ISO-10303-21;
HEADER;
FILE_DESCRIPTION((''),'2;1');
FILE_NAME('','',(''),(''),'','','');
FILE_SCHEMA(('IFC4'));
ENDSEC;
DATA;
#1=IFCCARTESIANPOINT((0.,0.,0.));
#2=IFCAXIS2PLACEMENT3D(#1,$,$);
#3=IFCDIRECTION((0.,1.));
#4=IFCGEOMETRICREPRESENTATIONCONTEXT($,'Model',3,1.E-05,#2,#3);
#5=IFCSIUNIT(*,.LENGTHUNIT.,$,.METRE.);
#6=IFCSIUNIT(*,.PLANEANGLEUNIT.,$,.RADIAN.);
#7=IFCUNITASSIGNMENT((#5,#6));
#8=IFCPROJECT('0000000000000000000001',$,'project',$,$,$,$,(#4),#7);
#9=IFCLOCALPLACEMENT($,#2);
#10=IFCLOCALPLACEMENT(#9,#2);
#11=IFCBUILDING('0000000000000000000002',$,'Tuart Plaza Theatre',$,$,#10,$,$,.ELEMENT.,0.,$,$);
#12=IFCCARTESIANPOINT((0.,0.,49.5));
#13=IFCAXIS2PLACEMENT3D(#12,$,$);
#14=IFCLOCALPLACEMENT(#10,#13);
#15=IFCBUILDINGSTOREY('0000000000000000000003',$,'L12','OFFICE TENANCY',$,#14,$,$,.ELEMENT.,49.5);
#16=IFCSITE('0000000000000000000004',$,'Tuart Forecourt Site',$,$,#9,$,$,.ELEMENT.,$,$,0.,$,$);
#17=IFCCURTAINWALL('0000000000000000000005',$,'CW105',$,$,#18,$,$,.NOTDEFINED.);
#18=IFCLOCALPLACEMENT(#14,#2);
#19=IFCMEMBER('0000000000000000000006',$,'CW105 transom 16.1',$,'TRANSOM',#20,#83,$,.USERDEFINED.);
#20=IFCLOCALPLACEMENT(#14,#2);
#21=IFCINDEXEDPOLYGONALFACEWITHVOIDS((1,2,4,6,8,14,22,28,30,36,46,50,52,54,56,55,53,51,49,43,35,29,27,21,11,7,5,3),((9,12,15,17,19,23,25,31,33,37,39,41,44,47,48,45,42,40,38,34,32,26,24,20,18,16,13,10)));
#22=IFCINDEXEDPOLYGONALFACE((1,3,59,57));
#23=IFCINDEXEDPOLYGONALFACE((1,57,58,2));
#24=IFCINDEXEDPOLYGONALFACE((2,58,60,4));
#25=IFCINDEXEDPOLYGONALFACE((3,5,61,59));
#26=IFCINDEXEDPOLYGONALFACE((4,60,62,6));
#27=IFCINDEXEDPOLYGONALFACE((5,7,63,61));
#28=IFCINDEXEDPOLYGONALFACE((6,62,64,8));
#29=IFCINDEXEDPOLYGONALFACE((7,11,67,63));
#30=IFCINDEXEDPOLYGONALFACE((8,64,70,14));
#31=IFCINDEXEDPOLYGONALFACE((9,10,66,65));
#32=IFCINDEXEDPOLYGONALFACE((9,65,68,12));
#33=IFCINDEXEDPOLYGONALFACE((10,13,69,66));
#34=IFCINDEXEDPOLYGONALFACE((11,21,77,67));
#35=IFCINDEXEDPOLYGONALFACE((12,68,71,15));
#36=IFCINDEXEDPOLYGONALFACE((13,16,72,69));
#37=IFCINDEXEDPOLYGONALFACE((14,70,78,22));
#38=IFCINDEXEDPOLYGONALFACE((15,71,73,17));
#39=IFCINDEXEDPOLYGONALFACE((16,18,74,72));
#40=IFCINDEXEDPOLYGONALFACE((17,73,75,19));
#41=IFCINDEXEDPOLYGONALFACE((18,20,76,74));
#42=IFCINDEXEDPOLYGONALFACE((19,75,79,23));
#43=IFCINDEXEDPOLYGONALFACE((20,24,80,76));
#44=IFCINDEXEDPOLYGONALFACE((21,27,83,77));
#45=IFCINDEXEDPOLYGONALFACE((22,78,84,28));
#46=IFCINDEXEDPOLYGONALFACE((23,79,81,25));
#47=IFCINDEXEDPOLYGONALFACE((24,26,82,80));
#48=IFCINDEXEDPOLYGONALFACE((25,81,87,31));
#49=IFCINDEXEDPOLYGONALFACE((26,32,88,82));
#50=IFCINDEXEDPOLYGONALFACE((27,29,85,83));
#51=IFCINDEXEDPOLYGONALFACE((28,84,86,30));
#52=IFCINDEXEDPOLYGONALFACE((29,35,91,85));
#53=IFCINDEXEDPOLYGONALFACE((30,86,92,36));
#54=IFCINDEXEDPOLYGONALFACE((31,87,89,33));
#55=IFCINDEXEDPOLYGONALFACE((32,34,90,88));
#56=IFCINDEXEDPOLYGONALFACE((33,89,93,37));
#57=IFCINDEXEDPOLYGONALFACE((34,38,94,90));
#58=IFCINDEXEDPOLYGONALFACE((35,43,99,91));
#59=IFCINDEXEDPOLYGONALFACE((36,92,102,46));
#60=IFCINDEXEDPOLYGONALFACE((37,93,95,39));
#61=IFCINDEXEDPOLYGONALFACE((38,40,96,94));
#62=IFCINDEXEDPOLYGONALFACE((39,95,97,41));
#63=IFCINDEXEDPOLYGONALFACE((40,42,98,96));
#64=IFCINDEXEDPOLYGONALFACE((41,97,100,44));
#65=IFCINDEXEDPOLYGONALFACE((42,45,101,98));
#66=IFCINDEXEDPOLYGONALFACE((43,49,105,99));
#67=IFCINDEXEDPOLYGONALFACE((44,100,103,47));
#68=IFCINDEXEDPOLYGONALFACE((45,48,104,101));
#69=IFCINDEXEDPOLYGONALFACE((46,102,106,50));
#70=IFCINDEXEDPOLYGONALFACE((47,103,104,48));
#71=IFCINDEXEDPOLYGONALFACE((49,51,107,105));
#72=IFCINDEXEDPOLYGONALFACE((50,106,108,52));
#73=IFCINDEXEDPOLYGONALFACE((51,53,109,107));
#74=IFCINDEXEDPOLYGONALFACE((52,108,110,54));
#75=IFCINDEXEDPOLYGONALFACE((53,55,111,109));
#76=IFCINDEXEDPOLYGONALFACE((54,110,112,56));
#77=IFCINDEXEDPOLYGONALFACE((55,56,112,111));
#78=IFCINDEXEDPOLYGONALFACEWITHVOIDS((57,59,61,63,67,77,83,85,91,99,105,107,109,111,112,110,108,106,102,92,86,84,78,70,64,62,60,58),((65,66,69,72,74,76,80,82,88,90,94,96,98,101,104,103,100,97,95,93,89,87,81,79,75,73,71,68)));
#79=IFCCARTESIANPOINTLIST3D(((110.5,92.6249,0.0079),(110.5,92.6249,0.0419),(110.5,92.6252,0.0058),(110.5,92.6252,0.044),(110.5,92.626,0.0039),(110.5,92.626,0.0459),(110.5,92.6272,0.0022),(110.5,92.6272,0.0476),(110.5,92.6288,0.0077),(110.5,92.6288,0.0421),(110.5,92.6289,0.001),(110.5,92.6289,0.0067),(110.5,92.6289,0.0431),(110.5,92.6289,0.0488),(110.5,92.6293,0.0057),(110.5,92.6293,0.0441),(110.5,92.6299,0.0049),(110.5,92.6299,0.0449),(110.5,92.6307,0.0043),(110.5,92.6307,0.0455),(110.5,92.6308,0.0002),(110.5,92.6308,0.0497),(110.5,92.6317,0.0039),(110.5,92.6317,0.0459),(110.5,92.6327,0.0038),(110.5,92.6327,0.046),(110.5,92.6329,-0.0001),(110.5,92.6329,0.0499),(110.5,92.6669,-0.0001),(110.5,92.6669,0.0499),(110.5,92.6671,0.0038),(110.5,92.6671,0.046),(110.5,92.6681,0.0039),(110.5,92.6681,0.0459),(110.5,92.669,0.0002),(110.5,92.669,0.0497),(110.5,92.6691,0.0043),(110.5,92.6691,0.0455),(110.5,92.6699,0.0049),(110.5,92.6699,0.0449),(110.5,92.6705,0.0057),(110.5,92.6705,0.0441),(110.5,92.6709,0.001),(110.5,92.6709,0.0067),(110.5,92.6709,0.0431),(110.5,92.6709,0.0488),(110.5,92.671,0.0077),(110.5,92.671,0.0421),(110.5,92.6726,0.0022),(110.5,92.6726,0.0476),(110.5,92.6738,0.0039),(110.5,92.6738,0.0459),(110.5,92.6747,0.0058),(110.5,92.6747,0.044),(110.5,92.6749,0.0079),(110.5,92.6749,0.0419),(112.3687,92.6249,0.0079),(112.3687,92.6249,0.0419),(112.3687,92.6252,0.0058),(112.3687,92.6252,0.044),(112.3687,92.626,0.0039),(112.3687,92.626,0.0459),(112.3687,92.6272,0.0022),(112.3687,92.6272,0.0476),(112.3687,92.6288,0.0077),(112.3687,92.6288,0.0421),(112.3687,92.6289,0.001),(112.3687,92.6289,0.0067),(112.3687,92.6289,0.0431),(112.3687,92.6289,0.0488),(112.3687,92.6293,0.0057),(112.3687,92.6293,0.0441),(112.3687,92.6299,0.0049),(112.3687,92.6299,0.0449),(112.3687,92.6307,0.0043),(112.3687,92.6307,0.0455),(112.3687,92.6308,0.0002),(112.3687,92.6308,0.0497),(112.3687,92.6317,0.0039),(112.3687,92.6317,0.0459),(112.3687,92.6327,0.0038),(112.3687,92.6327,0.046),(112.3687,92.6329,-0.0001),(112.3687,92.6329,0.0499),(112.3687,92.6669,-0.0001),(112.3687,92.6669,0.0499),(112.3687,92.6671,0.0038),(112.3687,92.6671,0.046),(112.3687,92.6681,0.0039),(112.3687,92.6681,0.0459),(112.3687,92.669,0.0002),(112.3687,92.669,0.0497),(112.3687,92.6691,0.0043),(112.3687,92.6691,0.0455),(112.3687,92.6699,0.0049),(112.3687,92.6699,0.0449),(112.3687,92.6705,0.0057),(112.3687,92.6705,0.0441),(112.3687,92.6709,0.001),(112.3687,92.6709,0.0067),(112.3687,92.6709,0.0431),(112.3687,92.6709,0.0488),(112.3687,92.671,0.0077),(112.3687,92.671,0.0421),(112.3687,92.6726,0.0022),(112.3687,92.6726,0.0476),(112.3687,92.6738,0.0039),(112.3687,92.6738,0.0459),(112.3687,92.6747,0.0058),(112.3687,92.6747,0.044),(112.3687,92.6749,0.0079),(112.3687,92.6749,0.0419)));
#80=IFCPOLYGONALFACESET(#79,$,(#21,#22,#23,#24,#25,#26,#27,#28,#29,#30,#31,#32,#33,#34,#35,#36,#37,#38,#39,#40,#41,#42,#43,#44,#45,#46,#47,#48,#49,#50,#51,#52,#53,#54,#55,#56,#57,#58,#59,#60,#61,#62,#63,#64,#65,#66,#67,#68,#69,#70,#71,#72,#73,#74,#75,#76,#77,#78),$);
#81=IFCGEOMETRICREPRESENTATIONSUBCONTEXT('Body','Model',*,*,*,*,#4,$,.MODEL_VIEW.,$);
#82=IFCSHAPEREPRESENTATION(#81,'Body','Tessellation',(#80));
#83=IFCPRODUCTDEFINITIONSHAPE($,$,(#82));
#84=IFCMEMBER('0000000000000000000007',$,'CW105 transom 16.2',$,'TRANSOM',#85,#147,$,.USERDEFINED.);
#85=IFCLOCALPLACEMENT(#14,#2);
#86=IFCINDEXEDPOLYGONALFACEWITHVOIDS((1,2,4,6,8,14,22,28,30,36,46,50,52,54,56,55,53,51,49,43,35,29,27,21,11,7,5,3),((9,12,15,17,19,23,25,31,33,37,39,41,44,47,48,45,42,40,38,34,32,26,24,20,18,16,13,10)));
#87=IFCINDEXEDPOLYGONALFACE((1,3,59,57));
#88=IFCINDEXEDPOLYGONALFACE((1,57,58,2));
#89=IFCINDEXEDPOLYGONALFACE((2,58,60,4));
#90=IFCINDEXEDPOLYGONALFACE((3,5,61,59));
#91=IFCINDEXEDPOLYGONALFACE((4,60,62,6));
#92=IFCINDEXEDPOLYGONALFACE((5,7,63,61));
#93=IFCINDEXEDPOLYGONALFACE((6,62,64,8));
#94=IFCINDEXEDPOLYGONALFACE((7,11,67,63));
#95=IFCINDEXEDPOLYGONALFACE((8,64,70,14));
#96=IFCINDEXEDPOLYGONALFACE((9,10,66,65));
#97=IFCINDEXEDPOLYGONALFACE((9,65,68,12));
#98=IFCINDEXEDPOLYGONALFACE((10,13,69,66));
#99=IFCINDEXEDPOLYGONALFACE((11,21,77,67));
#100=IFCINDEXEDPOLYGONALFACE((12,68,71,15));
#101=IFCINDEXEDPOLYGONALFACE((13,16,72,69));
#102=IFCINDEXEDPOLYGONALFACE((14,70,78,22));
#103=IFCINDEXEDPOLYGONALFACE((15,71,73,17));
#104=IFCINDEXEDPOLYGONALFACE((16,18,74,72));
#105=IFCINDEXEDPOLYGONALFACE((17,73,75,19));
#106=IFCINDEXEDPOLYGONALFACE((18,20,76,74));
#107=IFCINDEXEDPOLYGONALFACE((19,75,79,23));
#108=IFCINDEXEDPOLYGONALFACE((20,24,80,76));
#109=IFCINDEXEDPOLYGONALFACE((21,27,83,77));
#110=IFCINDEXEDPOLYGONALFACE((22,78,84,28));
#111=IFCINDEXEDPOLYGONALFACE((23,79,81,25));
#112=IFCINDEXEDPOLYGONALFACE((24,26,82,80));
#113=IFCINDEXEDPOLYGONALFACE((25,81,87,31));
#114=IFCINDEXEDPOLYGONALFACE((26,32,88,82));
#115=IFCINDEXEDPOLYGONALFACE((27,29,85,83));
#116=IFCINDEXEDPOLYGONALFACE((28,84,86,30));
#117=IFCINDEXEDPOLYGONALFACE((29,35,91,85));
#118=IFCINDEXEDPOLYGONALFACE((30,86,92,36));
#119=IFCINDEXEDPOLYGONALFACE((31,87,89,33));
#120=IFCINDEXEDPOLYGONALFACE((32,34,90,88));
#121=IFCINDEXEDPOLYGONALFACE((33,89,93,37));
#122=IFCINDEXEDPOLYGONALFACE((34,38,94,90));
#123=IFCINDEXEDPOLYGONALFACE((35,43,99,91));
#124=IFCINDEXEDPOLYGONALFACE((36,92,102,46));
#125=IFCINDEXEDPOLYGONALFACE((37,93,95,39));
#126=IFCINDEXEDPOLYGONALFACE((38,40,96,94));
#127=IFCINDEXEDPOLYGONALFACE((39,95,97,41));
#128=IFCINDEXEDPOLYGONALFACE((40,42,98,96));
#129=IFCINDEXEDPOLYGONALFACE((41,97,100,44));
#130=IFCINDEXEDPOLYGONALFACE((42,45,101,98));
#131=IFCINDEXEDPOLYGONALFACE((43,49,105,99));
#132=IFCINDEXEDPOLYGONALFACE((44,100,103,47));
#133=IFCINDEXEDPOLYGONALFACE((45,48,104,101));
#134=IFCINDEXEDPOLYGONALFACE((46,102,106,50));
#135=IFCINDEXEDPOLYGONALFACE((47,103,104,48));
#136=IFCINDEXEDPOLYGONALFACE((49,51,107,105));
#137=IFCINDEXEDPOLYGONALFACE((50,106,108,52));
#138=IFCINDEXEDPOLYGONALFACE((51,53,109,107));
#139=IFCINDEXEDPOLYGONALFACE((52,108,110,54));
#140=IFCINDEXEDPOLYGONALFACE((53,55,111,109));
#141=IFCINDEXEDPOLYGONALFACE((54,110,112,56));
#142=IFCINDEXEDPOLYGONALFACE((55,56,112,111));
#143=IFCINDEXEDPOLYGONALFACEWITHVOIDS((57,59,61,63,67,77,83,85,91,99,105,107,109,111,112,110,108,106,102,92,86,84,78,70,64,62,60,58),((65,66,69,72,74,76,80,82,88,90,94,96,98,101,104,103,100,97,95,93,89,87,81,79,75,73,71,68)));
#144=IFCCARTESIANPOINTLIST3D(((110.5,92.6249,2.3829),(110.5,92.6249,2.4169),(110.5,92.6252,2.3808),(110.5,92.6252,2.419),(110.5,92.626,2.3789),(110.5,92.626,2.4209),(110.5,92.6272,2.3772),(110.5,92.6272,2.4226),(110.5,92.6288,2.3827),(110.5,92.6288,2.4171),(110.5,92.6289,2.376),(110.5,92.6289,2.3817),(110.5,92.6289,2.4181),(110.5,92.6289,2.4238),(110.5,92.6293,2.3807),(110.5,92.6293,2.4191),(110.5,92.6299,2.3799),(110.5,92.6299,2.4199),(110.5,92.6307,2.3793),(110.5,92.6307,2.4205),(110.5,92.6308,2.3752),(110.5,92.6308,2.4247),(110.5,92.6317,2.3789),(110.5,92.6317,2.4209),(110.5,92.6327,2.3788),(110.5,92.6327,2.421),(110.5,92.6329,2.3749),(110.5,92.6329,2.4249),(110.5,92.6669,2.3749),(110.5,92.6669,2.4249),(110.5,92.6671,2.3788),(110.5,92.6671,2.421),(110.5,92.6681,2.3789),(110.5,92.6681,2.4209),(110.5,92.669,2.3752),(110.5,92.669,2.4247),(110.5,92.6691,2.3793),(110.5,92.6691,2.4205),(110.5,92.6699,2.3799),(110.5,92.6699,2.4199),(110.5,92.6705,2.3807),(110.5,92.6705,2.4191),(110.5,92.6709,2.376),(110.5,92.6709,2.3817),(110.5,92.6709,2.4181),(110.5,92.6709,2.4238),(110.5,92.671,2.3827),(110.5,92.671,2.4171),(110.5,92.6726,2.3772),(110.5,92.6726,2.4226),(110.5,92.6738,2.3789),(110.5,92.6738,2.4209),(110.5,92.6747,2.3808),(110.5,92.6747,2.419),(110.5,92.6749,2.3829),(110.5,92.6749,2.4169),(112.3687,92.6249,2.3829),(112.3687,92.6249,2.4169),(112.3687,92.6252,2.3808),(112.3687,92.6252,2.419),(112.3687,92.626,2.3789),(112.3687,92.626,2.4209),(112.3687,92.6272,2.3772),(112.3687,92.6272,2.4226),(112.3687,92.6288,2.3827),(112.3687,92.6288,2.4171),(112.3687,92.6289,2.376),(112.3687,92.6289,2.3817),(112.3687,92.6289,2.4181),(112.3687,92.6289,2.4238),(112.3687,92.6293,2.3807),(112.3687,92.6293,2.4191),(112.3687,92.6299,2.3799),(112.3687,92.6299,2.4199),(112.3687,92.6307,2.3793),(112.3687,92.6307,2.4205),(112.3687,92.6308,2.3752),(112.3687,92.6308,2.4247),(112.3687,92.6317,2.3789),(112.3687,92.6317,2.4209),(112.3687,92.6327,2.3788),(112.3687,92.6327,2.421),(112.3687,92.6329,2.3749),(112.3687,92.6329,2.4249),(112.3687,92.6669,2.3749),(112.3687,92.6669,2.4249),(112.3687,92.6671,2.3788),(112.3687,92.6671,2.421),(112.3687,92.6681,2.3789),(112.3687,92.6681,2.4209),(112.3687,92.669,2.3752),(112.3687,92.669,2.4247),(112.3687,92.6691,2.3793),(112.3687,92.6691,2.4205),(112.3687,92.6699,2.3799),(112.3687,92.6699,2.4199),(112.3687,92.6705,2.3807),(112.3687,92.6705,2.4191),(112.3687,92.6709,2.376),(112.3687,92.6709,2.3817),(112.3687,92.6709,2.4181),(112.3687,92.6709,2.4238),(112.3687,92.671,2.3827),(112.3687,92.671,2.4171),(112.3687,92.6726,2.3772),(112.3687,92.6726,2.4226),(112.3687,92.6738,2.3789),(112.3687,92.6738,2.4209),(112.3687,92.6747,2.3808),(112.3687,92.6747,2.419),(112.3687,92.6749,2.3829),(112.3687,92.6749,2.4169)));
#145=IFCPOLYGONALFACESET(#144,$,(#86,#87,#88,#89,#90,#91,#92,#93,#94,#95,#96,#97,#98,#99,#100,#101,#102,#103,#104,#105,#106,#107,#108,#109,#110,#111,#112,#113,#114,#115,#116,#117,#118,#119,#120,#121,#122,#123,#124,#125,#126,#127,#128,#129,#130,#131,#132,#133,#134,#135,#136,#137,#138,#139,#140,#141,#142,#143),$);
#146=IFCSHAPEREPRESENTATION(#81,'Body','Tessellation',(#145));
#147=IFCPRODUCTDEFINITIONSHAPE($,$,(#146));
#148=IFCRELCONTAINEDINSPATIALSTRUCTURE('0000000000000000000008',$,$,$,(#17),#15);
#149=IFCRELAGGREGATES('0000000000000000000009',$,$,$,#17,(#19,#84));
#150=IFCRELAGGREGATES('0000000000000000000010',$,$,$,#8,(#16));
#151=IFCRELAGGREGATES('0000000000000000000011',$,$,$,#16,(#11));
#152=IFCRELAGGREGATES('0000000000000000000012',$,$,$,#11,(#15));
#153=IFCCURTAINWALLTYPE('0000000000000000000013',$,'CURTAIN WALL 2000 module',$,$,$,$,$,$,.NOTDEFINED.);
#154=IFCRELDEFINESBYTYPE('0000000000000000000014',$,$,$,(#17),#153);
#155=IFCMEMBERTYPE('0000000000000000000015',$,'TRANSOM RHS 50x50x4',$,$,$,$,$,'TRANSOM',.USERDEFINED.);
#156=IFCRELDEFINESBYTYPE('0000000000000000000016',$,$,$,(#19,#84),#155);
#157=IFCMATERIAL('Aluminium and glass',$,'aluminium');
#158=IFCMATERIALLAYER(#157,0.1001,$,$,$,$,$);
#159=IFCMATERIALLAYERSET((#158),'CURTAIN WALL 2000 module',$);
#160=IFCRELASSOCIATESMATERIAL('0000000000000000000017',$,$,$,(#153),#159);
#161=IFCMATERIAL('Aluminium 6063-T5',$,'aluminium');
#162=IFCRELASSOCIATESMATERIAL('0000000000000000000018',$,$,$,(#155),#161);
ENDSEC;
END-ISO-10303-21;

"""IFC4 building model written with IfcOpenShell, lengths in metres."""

from ifc_helpers import new_model, si_unit, direction, frame, origin, origin_2d, place, context, subcontext, project, spatial, hollow_rectangle, extrude, material, layer, layer_set, material_profile, profile_set, type_object, element, aggregate, save


model = new_model("IFC4")

# Units and contexts
model_context = context("Model", 3, precision=1e-05, world=origin(), true_north=direction((0.0, 1.0)))
body_context = subcontext(model_context, "Body", "Model", "MODEL_VIEW")
ifc_project = project(units=[si_unit("LENGTHUNIT", "METRE"), si_unit("PLANEANGLEUNIT", "RADIAN")], contexts=[model_context])

# Site, building, storey
site_placement = place(None, origin())
site = spatial("IfcSite", under=ifc_project, at=site_placement, Name="Tuart Forecourt Site", CompositionType="ELEMENT", RefElevation=0.0)
building_placement = place(site_placement, origin())
building = spatial("IfcBuilding", under=site, at=building_placement, Name="Tuart Plaza Theatre", CompositionType="ELEMENT", ElevationOfRefHeight=0.0)
storey_placement = place(building_placement, frame((0.0, 0.0, 49.5)))
storey = spatial("IfcBuildingStorey", under=building, at=storey_placement, Name="L12", Description="OFFICE TENANCY", CompositionType="ELEMENT", Elevation=49.5)

# Curtain wall, members
ifc_material_1 = material(Name="Aluminium and glass", Category="aluminium")
ifc_layer_1 = layer(ifc_material_1, 0.1001)
ifc_layer_set_1 = layer_set([ifc_layer_1], Name="CURTAIN WALL 2000 module")
curtain_wall_type = type_object("IfcCurtainWallType", Name="CURTAIN WALL 2000 module", PredefinedType="NOTDEFINED", material=ifc_layer_set_1)
curtain_wall_placement = place(storey_placement, origin())
curtain_wall = element("IfcCurtainWall", 1, at=curtain_wall_placement, inside=storey, type_object=curtain_wall_type, Name="CW105", PredefinedType="NOTDEFINED")
ifc_material_2 = material(Name="Aluminium 6063-T5", Category="aluminium")
ifc_material_profile_1 = material_profile(ifc_material_2, hollow_rectangle(XDim=0.05, YDim=0.05, WallThickness=0.0039, InnerFilletRadius=0.0039, OuterFilletRadius=0.0081, at=origin_2d()), Name="RHS 50x50x4")
ifc_profile_set_1 = profile_set([ifc_material_profile_1], Name="Aluminium 6063-T5")
member_type_1 = type_object("IfcMemberType", Name="TRANSOM RHS 50x50x4", ElementType="TRANSOM", PredefinedType="USERDEFINED", material=ifc_profile_set_1)
member_1_placement = place(storey_placement, frame((112.3687, 92.6499, 0.0249), z_axis=(-1.0, 0.0, 0.0), x_axis=(0.0, -1.0, 0.0)))
member_1 = element("IfcMember", 2, at=member_1_placement, type_object=member_type_1, Name="CW105 transom 16.1", ObjectType="TRANSOM", PredefinedType="USERDEFINED", context=body_context, shape_type="SweptSolid", body=[
    extrude(hollow_rectangle(XDim=0.05, YDim=0.05, WallThickness=0.0039, InnerFilletRadius=0.0039, OuterFilletRadius=0.0081, at=origin_2d()), origin(), (0.0, 0.0, 1.0), 1.8687),
])
member_2_placement = place(storey_placement, frame((112.3687, 92.6499, 2.3999), z_axis=(-1.0, 0.0, 0.0), x_axis=(0.0, -1.0, 0.0)))
member_2 = element("IfcMember", 3, at=member_2_placement, type_object=member_type_1, Name="CW105 transom 16.2", ObjectType="TRANSOM", PredefinedType="USERDEFINED", context=body_context, shape_type="SweptSolid", body=[
    extrude(hollow_rectangle(XDim=0.05, YDim=0.05, WallThickness=0.0039, InnerFilletRadius=0.0039, OuterFilletRadius=0.0081, at=origin_2d()), origin(), (0.0, 0.0, 1.0), 1.8687),
])
aggregate(curtain_wall, [member_1, member_2])

save(model, "model.ifc")
